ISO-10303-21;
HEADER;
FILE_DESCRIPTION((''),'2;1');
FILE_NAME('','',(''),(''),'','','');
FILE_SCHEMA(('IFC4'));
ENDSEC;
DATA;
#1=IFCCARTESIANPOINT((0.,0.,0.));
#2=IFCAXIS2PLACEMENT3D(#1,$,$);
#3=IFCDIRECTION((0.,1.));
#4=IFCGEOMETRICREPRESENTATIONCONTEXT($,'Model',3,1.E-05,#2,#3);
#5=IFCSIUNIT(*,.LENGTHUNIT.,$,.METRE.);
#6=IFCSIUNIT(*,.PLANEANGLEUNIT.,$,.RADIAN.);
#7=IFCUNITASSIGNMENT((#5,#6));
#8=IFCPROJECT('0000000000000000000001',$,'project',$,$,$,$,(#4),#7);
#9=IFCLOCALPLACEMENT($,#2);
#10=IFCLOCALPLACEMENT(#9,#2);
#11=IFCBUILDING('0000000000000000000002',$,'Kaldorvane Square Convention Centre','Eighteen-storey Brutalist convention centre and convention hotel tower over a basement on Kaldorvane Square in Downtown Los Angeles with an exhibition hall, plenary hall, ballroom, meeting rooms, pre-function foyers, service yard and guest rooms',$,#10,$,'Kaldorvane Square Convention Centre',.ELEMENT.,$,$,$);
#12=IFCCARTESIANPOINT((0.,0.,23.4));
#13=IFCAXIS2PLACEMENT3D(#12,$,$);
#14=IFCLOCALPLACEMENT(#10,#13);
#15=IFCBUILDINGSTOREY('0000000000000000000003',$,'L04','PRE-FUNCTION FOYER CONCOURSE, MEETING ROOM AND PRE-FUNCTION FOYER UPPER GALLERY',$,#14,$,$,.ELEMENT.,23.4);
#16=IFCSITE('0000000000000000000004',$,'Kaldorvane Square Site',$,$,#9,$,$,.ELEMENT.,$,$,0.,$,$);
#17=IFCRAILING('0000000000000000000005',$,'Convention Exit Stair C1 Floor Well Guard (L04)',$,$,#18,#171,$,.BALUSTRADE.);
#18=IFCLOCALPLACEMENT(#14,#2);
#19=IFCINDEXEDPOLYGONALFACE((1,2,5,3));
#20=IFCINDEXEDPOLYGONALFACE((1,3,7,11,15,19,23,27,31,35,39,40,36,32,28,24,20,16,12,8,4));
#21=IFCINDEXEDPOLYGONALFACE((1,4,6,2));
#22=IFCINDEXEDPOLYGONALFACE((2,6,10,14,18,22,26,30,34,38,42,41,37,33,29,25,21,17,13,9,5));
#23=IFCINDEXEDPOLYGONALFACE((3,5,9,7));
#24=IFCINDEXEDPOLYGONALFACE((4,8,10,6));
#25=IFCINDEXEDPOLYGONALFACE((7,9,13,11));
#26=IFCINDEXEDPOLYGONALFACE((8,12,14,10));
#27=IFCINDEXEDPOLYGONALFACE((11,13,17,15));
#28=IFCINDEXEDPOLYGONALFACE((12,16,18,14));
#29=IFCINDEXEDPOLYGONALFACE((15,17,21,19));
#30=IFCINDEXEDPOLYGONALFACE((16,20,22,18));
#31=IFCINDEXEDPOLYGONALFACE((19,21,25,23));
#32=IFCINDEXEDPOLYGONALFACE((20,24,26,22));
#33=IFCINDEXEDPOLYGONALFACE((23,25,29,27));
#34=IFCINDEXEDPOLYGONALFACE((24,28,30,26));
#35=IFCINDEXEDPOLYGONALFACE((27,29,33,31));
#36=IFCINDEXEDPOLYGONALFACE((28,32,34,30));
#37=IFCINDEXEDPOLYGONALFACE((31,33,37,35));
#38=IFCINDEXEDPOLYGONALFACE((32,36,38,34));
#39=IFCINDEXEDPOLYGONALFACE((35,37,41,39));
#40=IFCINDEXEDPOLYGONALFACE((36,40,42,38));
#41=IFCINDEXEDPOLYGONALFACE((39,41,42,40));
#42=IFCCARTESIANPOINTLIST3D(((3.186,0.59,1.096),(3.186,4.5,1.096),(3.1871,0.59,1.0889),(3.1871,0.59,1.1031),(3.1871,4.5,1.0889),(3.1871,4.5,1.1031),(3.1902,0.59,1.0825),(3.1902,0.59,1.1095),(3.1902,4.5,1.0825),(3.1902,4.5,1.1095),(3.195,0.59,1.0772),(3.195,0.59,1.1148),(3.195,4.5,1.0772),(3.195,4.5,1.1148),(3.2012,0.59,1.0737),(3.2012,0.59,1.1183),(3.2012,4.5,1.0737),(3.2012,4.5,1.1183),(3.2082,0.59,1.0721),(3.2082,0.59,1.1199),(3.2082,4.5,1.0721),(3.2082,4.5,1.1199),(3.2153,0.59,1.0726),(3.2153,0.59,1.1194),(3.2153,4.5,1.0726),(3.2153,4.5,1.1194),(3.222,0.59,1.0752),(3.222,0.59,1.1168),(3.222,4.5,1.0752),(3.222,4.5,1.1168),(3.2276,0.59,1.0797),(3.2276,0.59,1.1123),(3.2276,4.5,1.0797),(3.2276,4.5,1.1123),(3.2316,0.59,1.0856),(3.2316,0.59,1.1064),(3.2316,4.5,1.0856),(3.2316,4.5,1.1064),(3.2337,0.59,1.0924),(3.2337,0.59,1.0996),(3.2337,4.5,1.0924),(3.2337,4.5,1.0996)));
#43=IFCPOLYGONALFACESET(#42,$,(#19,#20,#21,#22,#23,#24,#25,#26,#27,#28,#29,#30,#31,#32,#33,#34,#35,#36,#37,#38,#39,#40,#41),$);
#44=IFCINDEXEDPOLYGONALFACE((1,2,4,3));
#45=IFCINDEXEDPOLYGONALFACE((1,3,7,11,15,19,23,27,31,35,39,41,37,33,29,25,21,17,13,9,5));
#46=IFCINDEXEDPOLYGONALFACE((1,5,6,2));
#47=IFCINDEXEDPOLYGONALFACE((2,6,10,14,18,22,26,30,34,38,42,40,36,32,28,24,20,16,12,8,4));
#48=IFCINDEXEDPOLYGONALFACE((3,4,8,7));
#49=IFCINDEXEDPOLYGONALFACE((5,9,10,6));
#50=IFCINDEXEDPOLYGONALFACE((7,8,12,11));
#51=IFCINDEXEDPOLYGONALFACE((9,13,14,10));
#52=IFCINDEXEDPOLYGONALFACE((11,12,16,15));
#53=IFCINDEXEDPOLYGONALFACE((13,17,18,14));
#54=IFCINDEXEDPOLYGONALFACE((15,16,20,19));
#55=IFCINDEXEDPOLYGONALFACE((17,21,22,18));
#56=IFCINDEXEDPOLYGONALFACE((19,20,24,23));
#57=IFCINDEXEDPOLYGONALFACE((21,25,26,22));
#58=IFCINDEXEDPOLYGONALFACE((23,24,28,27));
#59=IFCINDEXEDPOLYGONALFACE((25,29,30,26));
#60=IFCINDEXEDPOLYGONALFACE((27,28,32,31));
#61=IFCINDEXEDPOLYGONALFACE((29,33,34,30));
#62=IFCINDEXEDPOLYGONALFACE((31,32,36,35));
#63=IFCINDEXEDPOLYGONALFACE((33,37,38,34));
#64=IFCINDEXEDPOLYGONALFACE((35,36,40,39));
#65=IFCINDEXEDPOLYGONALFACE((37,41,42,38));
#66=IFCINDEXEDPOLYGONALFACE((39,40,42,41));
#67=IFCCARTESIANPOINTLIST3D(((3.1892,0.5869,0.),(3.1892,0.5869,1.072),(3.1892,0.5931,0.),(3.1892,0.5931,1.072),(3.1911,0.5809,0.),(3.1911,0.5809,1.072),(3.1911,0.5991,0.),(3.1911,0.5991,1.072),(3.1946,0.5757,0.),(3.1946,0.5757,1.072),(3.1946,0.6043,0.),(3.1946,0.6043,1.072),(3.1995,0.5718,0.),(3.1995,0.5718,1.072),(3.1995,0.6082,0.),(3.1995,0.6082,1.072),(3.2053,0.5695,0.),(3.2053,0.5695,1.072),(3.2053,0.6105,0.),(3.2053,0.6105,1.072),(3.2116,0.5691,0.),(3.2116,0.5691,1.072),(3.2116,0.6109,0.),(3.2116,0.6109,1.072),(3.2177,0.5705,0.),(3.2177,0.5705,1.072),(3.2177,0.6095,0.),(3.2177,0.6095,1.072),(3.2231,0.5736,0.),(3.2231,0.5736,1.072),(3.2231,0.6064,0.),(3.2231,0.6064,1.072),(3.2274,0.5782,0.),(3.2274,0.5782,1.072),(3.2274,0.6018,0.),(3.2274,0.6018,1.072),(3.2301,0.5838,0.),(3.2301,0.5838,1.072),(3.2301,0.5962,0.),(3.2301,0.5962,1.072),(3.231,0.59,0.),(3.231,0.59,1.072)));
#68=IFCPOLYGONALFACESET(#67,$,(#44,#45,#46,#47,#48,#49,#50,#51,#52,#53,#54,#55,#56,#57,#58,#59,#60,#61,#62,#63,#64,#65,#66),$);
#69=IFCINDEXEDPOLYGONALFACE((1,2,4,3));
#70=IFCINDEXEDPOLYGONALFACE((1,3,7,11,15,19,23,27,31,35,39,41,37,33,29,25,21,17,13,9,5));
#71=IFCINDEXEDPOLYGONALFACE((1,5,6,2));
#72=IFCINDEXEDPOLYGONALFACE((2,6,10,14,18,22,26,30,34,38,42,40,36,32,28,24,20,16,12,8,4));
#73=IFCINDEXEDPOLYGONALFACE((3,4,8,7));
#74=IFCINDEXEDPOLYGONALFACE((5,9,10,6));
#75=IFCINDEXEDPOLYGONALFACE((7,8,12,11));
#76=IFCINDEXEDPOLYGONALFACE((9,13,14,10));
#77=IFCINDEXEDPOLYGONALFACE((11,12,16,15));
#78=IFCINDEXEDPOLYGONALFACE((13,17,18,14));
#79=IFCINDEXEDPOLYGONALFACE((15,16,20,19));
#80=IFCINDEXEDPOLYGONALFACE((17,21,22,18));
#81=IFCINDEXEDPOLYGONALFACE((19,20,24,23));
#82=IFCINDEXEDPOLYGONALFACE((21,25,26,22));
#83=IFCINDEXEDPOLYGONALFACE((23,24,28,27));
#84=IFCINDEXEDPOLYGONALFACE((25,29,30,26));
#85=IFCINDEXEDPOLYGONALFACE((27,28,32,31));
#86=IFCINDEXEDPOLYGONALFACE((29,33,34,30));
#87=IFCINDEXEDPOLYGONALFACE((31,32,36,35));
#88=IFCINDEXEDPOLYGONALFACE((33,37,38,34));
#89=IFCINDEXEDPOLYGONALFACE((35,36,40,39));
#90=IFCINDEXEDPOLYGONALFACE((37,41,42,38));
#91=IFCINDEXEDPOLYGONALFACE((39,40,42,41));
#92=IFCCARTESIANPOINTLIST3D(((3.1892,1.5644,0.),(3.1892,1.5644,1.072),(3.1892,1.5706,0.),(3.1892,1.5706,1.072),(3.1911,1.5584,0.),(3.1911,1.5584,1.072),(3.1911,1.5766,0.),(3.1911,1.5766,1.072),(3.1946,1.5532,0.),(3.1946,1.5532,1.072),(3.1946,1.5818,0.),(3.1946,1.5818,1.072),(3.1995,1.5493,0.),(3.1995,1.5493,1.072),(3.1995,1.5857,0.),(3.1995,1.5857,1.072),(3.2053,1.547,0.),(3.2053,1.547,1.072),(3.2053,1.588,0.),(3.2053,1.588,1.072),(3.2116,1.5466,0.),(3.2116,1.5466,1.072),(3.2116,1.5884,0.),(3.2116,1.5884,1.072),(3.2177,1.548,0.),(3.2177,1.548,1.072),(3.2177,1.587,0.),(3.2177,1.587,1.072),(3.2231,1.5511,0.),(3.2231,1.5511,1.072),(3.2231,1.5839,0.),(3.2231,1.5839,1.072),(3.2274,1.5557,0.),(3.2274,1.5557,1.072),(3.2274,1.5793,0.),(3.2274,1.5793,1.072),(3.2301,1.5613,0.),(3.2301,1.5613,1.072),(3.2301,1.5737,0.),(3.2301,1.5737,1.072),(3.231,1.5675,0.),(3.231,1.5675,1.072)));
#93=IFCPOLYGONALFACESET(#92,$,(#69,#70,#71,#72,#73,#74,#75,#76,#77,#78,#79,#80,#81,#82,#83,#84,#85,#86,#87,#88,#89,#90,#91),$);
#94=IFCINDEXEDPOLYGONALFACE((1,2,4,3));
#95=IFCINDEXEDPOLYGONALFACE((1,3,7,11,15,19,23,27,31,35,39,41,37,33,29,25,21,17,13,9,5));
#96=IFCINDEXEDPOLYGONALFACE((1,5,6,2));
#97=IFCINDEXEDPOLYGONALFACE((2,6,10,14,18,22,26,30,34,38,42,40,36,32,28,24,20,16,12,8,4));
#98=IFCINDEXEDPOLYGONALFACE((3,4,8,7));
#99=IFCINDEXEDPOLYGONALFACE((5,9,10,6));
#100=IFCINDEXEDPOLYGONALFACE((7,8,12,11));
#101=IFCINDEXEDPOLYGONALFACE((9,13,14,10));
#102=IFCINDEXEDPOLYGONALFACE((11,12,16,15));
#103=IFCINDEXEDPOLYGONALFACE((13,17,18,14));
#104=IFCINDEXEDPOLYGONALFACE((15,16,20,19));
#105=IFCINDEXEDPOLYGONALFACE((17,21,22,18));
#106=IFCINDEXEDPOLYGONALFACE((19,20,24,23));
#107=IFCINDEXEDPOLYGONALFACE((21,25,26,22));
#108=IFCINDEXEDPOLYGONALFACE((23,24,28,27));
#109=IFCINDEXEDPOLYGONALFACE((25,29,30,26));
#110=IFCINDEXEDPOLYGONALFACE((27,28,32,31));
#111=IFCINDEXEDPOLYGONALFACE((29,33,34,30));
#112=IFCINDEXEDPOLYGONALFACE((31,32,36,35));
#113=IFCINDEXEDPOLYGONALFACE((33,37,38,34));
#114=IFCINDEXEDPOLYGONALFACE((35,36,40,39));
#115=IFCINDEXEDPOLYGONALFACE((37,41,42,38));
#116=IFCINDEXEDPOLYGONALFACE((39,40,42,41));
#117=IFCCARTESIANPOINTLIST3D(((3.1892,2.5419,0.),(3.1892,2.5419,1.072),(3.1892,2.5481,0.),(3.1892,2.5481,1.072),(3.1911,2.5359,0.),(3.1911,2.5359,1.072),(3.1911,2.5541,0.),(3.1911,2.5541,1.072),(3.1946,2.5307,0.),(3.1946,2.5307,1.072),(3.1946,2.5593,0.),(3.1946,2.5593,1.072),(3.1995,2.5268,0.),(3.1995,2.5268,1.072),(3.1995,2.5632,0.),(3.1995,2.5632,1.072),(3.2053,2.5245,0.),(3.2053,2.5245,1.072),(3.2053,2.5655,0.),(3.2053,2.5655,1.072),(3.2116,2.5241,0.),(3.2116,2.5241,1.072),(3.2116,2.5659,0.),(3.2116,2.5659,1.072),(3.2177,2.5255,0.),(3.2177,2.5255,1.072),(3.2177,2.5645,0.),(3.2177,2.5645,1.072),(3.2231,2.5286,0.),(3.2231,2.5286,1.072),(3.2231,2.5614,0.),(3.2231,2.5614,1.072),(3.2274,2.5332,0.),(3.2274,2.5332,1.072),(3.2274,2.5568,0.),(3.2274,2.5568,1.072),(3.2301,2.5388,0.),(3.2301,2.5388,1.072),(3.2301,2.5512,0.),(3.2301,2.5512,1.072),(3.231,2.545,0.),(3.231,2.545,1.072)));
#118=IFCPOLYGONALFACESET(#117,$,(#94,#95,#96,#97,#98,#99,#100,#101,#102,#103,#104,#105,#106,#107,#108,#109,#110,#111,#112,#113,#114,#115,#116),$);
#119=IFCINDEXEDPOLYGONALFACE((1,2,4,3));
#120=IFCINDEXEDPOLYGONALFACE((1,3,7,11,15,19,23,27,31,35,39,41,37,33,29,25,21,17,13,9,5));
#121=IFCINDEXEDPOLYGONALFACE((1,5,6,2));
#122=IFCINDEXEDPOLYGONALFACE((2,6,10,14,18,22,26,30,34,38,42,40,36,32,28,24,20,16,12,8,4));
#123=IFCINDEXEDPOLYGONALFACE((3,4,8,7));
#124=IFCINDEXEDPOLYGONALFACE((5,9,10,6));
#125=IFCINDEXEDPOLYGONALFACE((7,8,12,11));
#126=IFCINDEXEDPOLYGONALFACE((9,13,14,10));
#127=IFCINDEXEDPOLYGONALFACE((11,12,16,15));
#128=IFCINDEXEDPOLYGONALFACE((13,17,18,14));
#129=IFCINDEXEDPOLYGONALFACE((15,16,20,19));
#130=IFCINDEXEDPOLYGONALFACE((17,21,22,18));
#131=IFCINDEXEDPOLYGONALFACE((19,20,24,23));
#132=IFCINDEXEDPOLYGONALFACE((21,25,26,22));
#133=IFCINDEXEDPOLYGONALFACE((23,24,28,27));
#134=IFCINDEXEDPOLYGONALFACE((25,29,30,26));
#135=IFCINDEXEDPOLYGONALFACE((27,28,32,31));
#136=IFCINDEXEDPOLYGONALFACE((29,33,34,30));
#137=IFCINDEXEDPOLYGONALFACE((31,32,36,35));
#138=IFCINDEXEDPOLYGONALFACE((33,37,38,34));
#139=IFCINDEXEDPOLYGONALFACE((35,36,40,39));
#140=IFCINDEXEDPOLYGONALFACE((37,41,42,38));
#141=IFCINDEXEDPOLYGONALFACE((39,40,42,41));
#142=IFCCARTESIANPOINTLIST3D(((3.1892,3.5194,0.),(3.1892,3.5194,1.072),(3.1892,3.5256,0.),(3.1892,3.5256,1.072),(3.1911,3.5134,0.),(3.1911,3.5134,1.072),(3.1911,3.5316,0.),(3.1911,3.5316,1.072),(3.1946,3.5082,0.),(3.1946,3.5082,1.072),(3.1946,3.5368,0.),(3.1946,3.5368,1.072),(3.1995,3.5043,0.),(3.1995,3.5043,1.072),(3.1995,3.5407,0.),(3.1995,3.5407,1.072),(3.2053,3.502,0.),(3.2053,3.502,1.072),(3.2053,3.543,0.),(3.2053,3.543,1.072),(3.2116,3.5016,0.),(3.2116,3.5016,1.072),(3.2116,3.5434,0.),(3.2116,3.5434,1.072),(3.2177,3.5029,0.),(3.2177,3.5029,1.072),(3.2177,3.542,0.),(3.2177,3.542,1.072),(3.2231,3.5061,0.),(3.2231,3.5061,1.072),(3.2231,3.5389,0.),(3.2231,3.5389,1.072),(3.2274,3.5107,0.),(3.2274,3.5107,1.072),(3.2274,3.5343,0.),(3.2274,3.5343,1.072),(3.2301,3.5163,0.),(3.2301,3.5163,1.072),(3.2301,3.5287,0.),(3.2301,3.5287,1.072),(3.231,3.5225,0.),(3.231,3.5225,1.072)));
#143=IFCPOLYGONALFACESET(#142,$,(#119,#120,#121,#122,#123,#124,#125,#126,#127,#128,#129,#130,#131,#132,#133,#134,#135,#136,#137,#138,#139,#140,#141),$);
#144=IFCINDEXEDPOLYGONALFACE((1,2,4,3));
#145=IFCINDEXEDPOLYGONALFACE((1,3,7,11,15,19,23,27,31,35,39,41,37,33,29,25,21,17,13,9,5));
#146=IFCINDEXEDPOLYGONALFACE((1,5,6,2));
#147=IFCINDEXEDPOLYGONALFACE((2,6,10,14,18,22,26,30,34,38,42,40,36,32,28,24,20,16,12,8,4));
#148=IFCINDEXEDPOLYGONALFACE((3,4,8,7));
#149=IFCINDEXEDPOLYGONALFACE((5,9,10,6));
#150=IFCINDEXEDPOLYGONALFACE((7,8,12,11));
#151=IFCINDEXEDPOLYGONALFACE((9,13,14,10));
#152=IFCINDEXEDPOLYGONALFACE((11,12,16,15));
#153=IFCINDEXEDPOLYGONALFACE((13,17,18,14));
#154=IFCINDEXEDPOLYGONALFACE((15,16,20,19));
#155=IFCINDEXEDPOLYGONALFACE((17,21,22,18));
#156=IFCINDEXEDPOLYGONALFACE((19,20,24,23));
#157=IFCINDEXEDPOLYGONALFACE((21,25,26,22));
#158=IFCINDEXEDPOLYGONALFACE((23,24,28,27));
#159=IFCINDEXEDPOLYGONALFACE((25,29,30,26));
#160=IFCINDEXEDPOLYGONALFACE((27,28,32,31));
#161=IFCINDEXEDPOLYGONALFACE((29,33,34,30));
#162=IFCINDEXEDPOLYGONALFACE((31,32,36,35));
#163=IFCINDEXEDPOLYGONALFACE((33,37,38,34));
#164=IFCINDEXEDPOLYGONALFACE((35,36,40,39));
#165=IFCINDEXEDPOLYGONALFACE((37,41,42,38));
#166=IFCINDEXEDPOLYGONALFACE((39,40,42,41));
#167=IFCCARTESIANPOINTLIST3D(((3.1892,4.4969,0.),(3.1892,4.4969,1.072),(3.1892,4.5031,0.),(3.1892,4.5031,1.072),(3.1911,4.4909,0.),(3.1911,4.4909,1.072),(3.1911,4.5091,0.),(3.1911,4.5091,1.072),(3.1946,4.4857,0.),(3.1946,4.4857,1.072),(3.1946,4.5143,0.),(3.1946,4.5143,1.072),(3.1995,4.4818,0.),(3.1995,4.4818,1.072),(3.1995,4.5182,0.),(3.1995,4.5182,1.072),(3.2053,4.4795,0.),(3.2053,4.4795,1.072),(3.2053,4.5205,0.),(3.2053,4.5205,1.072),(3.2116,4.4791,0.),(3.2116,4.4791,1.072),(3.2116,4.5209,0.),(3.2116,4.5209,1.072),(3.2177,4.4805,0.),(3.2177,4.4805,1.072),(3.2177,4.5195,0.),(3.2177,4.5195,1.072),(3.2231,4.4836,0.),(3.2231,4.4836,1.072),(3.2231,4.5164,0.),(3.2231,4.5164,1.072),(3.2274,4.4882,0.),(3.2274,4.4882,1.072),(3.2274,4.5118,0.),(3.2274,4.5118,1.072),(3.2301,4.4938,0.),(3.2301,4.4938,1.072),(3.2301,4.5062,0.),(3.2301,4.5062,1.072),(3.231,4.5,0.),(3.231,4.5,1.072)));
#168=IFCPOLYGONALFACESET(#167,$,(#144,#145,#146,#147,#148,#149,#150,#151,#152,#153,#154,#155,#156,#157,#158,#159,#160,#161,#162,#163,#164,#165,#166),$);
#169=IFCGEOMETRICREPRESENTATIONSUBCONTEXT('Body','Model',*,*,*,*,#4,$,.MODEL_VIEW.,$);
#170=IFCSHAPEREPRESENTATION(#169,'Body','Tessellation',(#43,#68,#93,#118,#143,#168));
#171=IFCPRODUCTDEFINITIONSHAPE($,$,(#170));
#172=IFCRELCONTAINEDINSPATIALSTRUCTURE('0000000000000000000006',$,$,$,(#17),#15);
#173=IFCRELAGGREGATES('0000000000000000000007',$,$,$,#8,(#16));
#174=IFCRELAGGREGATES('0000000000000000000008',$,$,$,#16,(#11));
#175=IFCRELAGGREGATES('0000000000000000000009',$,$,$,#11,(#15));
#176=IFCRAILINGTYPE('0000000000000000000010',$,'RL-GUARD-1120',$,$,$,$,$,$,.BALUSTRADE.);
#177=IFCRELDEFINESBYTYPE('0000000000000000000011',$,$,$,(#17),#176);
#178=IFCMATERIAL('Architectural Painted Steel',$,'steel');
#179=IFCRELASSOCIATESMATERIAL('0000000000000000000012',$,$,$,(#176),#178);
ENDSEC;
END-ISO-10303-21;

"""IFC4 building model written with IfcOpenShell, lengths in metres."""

from ifc_helpers import new_model, si_unit, direction, frame, origin, origin_2d, place, context, subcontext, project, spatial, circle, extrude, material, type_object, element, save


model = new_model("IFC4")

# Units and contexts
model_context = context("Model", 3, precision=1e-05, world=origin(), true_north=direction((0.0, 1.0)))
body_context = subcontext(model_context, "Body", "Model", "MODEL_VIEW")
ifc_project = project(units=[si_unit("LENGTHUNIT", "METRE"), si_unit("PLANEANGLEUNIT", "RADIAN")], contexts=[model_context])

# Site, building, storey
site_placement = place(None, origin())
site = spatial("IfcSite", under=ifc_project, at=site_placement, Name="Kaldorvane Square Site", CompositionType="ELEMENT", RefElevation=0.0)
building_placement = place(site_placement, origin())
building = spatial("IfcBuilding", under=site, at=building_placement, Name="Kaldorvane Square Convention Centre", Description="Eighteen-storey Brutalist convention centre and convention hotel tower over a basement on Kaldorvane Square in Downtown Los Angeles with an exhibition hall, plenary hall, ballroom, meeting rooms, pre-function foyers, service yard and guest rooms", LongName="Kaldorvane Square Convention Centre", CompositionType="ELEMENT")
storey_placement = place(building_placement, frame((0.0, 0.0, 23.4)))
storey = spatial("IfcBuildingStorey", under=building, at=storey_placement, Name="L04", Description="PRE-FUNCTION FOYER CONCOURSE, MEETING ROOM AND PRE-FUNCTION FOYER UPPER GALLERY", CompositionType="ELEMENT", Elevation=23.4)

# Railing
ifc_material_1 = material(Name="Architectural Painted Steel", Category="steel")
railing_type = type_object("IfcRailingType", Name="RL-GUARD-1120", PredefinedType="BALUSTRADE", material=ifc_material_1)
railing_placement = place(storey_placement, frame((3.21, 0.59, 0.0)))
element("IfcRailing", 1, at=railing_placement, inside=storey, type_object=railing_type, Name="Convention Exit Stair C1 Floor Well Guard (L04)", PredefinedType="BALUSTRADE", context=body_context, shape_type="SweptSolid", body=[
    extrude(circle(Radius=0.024, at=origin_2d()), frame((0.0, 0.0, 1.096), z_axis=(0.0, 1.0, 0.0), x_axis=(-1.0, 0.0, 0.0)), (0.0, 0.0, 1.0), 3.91),
    extrude(circle(Radius=0.021, at=origin_2d()), origin(), (0.0, 0.0, 1.0), 1.072),
    extrude(circle(Radius=0.021, at=origin_2d()), frame((0.0, 0.9775, 0.0)), (0.0, 0.0, 1.0), 1.072),
    extrude(circle(Radius=0.021, at=origin_2d()), frame((0.0, 1.955, 0.0)), (0.0, 0.0, 1.0), 1.072),
    extrude(circle(Radius=0.021, at=origin_2d()), frame((0.0, 2.9325, 0.0)), (0.0, 0.0, 1.0), 1.072),
    extrude(circle(Radius=0.021, at=origin_2d()), frame((0.0, 3.91, 0.0)), (0.0, 0.0, 1.0), 1.072),
])

save(model, "model.ifc")
